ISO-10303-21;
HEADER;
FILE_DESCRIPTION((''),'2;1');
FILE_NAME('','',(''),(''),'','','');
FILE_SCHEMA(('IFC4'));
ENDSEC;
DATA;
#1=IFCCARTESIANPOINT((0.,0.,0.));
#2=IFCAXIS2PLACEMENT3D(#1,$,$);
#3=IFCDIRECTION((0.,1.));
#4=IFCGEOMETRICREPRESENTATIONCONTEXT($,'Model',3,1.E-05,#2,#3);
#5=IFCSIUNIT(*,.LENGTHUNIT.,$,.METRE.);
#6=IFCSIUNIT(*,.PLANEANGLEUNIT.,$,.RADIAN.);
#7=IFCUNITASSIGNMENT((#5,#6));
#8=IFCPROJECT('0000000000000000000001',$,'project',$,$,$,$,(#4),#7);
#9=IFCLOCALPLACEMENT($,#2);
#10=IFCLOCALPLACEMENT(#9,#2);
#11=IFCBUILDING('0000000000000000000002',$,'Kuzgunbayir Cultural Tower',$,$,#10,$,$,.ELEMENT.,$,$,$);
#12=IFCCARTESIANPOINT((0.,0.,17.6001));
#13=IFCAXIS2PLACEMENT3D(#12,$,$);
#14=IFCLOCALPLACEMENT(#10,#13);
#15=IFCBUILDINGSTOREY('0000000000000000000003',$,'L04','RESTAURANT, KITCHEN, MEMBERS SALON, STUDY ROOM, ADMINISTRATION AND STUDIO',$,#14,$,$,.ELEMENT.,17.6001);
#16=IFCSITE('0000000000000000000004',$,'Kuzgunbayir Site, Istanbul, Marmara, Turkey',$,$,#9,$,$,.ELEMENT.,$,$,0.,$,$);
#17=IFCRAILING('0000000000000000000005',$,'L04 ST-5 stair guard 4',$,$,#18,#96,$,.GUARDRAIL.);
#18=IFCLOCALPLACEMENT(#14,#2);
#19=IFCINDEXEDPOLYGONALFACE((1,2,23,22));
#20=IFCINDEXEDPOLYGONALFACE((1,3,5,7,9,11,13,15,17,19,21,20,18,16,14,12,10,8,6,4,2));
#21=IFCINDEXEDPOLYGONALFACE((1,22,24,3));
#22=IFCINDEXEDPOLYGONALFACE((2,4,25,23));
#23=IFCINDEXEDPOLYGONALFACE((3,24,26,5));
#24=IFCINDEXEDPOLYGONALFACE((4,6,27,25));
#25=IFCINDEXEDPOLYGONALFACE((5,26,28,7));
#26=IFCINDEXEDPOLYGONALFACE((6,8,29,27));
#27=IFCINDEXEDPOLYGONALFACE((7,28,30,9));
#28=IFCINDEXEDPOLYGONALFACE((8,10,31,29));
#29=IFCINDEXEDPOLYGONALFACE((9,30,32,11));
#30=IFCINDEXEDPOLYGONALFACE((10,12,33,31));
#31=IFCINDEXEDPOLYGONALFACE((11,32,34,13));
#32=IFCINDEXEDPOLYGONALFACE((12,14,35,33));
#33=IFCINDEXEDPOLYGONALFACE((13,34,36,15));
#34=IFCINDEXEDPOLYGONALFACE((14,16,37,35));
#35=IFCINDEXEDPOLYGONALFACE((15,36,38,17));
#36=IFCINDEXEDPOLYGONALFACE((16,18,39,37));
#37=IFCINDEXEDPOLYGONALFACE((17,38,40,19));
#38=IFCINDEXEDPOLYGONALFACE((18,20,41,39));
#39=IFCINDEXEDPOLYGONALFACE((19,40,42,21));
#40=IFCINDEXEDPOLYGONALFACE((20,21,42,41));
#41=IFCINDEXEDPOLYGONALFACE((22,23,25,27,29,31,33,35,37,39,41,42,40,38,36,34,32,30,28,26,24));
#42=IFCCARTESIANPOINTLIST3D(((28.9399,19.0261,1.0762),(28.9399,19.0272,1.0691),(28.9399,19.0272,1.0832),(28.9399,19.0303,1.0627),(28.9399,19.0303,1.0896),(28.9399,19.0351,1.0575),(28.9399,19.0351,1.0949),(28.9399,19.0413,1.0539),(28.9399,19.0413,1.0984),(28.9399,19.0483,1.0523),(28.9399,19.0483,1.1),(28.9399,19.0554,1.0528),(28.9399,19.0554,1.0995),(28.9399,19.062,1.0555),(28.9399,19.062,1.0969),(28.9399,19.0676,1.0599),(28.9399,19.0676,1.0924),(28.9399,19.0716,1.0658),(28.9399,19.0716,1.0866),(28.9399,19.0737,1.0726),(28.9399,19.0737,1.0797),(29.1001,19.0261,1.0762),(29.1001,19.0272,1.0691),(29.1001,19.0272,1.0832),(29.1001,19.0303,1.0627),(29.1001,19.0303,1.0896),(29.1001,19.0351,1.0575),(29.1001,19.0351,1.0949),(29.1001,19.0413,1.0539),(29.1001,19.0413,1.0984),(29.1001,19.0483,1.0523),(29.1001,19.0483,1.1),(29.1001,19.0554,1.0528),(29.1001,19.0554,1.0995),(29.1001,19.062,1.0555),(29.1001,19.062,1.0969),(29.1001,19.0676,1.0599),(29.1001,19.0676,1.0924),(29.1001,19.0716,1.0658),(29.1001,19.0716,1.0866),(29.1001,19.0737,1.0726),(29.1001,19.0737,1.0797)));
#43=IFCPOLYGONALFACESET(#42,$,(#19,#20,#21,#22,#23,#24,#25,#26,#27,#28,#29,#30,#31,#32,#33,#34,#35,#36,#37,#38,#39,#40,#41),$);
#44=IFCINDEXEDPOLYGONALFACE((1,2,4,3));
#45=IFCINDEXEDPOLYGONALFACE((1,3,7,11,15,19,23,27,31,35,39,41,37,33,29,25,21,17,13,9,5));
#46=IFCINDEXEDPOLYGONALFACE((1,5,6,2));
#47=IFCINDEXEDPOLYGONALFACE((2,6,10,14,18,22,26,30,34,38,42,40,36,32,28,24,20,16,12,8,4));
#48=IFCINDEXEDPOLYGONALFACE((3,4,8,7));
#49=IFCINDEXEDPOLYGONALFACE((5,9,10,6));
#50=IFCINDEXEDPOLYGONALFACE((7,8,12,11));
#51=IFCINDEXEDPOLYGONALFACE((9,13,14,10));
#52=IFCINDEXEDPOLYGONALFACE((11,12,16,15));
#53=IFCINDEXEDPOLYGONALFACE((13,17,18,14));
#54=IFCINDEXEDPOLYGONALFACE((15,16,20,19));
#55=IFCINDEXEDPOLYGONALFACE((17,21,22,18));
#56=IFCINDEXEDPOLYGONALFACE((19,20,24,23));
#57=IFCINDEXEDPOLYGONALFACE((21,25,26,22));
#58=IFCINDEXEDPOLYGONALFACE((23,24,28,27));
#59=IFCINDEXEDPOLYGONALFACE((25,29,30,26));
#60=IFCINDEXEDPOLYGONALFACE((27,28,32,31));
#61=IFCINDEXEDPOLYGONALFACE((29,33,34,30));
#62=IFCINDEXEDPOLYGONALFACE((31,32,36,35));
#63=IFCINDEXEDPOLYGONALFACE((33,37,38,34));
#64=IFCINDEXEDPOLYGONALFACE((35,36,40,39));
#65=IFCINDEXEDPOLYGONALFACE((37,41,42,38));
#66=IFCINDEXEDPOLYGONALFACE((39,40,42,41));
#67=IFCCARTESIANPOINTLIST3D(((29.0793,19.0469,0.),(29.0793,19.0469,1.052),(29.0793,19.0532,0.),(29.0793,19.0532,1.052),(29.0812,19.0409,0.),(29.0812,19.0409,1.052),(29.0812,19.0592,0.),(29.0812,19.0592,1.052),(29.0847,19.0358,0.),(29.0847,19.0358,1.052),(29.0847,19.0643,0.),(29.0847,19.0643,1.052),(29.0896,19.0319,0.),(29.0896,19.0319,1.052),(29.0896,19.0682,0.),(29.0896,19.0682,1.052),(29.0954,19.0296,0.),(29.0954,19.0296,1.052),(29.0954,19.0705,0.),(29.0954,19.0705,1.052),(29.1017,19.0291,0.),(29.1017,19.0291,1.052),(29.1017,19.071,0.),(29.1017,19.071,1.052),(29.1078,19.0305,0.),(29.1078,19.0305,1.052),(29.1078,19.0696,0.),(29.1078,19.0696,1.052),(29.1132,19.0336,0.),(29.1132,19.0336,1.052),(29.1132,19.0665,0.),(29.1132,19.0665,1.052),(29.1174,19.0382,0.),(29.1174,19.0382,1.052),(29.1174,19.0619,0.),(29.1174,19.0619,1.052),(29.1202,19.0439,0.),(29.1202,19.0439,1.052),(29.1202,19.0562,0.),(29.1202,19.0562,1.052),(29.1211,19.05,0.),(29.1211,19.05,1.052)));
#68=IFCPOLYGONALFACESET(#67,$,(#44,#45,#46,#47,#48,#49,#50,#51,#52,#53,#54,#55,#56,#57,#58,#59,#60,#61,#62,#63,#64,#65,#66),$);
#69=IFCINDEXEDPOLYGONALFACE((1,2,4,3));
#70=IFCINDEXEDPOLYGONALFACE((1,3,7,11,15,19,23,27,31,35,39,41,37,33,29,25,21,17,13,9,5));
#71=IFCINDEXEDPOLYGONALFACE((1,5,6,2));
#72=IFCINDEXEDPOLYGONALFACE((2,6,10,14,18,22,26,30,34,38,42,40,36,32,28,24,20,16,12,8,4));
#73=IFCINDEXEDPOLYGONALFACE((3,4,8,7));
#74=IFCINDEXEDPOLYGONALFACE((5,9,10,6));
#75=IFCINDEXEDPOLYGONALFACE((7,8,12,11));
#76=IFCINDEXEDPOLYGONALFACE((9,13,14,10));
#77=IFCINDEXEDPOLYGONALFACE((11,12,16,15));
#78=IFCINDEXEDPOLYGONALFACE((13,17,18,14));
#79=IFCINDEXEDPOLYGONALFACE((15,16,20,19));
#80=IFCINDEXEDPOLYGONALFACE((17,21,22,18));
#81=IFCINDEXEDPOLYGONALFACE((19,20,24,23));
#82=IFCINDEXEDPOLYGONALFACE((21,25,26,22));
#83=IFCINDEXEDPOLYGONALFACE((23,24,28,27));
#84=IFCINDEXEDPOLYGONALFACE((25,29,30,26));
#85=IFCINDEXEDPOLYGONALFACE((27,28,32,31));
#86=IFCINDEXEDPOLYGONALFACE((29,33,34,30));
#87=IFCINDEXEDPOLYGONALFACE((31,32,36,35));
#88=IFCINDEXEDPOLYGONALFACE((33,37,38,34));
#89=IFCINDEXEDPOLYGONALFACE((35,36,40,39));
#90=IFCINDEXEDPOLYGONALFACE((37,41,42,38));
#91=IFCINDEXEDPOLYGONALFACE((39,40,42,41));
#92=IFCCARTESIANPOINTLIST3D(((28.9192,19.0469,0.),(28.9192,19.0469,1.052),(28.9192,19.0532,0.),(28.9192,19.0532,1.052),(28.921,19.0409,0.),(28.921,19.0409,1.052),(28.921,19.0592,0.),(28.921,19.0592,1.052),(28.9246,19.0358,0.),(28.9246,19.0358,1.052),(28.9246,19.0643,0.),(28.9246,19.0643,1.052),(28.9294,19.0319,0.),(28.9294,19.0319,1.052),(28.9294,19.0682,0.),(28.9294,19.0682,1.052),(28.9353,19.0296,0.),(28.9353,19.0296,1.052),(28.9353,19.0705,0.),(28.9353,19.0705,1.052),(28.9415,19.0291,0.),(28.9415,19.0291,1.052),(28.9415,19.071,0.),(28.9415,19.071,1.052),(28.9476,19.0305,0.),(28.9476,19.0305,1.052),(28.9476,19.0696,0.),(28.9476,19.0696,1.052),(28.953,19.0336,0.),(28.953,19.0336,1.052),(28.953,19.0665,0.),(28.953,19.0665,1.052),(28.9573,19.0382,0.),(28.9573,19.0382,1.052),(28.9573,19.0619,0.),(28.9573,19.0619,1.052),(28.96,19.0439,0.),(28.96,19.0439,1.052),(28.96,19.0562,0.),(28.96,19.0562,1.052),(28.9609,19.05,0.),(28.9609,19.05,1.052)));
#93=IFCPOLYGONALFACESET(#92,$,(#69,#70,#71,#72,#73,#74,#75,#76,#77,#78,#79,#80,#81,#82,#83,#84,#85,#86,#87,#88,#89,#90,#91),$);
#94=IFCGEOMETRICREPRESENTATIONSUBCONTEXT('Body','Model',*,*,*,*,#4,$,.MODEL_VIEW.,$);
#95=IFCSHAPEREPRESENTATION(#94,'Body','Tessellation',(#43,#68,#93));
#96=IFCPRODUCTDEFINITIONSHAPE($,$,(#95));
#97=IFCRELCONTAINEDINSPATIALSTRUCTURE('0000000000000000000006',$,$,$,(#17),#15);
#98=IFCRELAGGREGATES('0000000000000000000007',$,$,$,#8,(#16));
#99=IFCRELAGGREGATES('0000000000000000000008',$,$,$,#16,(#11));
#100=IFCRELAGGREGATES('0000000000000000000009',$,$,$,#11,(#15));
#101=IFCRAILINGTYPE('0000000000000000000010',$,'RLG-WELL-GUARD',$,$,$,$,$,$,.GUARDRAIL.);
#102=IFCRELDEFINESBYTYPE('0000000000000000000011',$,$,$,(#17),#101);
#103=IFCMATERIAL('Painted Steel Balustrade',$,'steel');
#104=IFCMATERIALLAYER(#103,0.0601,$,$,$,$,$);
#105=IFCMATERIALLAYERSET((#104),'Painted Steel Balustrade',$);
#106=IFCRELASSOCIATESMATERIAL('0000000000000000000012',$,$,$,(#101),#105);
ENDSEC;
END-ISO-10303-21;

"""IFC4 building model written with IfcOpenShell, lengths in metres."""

from ifc_helpers import new_model, si_unit, direction, frame, origin, origin_2d, place, context, subcontext, project, spatial, circle, extrude, material, layer, layer_set, type_object, element, save


model = new_model("IFC4")

# Units and contexts
model_context = context("Model", 3, precision=1e-05, world=origin(), true_north=direction((0.0, 1.0)))
body_context = subcontext(model_context, "Body", "Model", "MODEL_VIEW")
ifc_project = project(units=[si_unit("LENGTHUNIT", "METRE"), si_unit("PLANEANGLEUNIT", "RADIAN")], contexts=[model_context])

# Site, building, storey
site_placement = place(None, origin())
site = spatial("IfcSite", under=ifc_project, at=site_placement, Name="Kuzgunbayir Site, Istanbul, Marmara, Turkey", CompositionType="ELEMENT", RefElevation=0.0)
building_placement = place(site_placement, origin())
building = spatial("IfcBuilding", under=site, at=building_placement, Name="Kuzgunbayir Cultural Tower", CompositionType="ELEMENT")
storey_placement = place(building_placement, frame((0.0, 0.0, 17.6001)))
storey = spatial("IfcBuildingStorey", under=building, at=storey_placement, Name="L04", Description="RESTAURANT, KITCHEN, MEMBERS SALON, STUDY ROOM, ADMINISTRATION AND STUDIO", CompositionType="ELEMENT", Elevation=17.6001)

# Railing
ifc_material_1 = material(Name="Painted Steel Balustrade", Category="steel")
ifc_layer_1 = layer(ifc_material_1, 0.0601)
ifc_layer_set_1 = layer_set([ifc_layer_1], Name="Painted Steel Balustrade")
railing_type_1 = type_object("IfcRailingType", Name="RLG-WELL-GUARD", PredefinedType="GUARDRAIL", material=ifc_layer_set_1)
railing_1_placement = place(storey_placement, frame((29.1001, 19.05, 0.0)))
element("IfcRailing", 1, at=railing_1_placement, inside=storey, type_object=railing_type_1, Name="L04 ST-5 stair guard 4", PredefinedType="GUARDRAIL", context=body_context, shape_type="SweptSolid", body=[
    extrude(circle(Radius=0.0239, at=origin_2d()), frame((0.0, 0.0, 1.0762), z_axis=(-1.0, 0.0, 0.0), x_axis=(0.0, -1.0, 0.0)), (0.0, 0.0, 1.0), 0.1602),
    extrude(circle(Radius=0.021, at=origin_2d()), origin(), (0.0, 0.0, 1.0), 1.052),
    extrude(circle(Radius=0.021, at=origin_2d()), frame((-0.1602, 0.0, 0.0)), (0.0, 0.0, 1.0), 1.052),
])

save(model, "model.ifc")
